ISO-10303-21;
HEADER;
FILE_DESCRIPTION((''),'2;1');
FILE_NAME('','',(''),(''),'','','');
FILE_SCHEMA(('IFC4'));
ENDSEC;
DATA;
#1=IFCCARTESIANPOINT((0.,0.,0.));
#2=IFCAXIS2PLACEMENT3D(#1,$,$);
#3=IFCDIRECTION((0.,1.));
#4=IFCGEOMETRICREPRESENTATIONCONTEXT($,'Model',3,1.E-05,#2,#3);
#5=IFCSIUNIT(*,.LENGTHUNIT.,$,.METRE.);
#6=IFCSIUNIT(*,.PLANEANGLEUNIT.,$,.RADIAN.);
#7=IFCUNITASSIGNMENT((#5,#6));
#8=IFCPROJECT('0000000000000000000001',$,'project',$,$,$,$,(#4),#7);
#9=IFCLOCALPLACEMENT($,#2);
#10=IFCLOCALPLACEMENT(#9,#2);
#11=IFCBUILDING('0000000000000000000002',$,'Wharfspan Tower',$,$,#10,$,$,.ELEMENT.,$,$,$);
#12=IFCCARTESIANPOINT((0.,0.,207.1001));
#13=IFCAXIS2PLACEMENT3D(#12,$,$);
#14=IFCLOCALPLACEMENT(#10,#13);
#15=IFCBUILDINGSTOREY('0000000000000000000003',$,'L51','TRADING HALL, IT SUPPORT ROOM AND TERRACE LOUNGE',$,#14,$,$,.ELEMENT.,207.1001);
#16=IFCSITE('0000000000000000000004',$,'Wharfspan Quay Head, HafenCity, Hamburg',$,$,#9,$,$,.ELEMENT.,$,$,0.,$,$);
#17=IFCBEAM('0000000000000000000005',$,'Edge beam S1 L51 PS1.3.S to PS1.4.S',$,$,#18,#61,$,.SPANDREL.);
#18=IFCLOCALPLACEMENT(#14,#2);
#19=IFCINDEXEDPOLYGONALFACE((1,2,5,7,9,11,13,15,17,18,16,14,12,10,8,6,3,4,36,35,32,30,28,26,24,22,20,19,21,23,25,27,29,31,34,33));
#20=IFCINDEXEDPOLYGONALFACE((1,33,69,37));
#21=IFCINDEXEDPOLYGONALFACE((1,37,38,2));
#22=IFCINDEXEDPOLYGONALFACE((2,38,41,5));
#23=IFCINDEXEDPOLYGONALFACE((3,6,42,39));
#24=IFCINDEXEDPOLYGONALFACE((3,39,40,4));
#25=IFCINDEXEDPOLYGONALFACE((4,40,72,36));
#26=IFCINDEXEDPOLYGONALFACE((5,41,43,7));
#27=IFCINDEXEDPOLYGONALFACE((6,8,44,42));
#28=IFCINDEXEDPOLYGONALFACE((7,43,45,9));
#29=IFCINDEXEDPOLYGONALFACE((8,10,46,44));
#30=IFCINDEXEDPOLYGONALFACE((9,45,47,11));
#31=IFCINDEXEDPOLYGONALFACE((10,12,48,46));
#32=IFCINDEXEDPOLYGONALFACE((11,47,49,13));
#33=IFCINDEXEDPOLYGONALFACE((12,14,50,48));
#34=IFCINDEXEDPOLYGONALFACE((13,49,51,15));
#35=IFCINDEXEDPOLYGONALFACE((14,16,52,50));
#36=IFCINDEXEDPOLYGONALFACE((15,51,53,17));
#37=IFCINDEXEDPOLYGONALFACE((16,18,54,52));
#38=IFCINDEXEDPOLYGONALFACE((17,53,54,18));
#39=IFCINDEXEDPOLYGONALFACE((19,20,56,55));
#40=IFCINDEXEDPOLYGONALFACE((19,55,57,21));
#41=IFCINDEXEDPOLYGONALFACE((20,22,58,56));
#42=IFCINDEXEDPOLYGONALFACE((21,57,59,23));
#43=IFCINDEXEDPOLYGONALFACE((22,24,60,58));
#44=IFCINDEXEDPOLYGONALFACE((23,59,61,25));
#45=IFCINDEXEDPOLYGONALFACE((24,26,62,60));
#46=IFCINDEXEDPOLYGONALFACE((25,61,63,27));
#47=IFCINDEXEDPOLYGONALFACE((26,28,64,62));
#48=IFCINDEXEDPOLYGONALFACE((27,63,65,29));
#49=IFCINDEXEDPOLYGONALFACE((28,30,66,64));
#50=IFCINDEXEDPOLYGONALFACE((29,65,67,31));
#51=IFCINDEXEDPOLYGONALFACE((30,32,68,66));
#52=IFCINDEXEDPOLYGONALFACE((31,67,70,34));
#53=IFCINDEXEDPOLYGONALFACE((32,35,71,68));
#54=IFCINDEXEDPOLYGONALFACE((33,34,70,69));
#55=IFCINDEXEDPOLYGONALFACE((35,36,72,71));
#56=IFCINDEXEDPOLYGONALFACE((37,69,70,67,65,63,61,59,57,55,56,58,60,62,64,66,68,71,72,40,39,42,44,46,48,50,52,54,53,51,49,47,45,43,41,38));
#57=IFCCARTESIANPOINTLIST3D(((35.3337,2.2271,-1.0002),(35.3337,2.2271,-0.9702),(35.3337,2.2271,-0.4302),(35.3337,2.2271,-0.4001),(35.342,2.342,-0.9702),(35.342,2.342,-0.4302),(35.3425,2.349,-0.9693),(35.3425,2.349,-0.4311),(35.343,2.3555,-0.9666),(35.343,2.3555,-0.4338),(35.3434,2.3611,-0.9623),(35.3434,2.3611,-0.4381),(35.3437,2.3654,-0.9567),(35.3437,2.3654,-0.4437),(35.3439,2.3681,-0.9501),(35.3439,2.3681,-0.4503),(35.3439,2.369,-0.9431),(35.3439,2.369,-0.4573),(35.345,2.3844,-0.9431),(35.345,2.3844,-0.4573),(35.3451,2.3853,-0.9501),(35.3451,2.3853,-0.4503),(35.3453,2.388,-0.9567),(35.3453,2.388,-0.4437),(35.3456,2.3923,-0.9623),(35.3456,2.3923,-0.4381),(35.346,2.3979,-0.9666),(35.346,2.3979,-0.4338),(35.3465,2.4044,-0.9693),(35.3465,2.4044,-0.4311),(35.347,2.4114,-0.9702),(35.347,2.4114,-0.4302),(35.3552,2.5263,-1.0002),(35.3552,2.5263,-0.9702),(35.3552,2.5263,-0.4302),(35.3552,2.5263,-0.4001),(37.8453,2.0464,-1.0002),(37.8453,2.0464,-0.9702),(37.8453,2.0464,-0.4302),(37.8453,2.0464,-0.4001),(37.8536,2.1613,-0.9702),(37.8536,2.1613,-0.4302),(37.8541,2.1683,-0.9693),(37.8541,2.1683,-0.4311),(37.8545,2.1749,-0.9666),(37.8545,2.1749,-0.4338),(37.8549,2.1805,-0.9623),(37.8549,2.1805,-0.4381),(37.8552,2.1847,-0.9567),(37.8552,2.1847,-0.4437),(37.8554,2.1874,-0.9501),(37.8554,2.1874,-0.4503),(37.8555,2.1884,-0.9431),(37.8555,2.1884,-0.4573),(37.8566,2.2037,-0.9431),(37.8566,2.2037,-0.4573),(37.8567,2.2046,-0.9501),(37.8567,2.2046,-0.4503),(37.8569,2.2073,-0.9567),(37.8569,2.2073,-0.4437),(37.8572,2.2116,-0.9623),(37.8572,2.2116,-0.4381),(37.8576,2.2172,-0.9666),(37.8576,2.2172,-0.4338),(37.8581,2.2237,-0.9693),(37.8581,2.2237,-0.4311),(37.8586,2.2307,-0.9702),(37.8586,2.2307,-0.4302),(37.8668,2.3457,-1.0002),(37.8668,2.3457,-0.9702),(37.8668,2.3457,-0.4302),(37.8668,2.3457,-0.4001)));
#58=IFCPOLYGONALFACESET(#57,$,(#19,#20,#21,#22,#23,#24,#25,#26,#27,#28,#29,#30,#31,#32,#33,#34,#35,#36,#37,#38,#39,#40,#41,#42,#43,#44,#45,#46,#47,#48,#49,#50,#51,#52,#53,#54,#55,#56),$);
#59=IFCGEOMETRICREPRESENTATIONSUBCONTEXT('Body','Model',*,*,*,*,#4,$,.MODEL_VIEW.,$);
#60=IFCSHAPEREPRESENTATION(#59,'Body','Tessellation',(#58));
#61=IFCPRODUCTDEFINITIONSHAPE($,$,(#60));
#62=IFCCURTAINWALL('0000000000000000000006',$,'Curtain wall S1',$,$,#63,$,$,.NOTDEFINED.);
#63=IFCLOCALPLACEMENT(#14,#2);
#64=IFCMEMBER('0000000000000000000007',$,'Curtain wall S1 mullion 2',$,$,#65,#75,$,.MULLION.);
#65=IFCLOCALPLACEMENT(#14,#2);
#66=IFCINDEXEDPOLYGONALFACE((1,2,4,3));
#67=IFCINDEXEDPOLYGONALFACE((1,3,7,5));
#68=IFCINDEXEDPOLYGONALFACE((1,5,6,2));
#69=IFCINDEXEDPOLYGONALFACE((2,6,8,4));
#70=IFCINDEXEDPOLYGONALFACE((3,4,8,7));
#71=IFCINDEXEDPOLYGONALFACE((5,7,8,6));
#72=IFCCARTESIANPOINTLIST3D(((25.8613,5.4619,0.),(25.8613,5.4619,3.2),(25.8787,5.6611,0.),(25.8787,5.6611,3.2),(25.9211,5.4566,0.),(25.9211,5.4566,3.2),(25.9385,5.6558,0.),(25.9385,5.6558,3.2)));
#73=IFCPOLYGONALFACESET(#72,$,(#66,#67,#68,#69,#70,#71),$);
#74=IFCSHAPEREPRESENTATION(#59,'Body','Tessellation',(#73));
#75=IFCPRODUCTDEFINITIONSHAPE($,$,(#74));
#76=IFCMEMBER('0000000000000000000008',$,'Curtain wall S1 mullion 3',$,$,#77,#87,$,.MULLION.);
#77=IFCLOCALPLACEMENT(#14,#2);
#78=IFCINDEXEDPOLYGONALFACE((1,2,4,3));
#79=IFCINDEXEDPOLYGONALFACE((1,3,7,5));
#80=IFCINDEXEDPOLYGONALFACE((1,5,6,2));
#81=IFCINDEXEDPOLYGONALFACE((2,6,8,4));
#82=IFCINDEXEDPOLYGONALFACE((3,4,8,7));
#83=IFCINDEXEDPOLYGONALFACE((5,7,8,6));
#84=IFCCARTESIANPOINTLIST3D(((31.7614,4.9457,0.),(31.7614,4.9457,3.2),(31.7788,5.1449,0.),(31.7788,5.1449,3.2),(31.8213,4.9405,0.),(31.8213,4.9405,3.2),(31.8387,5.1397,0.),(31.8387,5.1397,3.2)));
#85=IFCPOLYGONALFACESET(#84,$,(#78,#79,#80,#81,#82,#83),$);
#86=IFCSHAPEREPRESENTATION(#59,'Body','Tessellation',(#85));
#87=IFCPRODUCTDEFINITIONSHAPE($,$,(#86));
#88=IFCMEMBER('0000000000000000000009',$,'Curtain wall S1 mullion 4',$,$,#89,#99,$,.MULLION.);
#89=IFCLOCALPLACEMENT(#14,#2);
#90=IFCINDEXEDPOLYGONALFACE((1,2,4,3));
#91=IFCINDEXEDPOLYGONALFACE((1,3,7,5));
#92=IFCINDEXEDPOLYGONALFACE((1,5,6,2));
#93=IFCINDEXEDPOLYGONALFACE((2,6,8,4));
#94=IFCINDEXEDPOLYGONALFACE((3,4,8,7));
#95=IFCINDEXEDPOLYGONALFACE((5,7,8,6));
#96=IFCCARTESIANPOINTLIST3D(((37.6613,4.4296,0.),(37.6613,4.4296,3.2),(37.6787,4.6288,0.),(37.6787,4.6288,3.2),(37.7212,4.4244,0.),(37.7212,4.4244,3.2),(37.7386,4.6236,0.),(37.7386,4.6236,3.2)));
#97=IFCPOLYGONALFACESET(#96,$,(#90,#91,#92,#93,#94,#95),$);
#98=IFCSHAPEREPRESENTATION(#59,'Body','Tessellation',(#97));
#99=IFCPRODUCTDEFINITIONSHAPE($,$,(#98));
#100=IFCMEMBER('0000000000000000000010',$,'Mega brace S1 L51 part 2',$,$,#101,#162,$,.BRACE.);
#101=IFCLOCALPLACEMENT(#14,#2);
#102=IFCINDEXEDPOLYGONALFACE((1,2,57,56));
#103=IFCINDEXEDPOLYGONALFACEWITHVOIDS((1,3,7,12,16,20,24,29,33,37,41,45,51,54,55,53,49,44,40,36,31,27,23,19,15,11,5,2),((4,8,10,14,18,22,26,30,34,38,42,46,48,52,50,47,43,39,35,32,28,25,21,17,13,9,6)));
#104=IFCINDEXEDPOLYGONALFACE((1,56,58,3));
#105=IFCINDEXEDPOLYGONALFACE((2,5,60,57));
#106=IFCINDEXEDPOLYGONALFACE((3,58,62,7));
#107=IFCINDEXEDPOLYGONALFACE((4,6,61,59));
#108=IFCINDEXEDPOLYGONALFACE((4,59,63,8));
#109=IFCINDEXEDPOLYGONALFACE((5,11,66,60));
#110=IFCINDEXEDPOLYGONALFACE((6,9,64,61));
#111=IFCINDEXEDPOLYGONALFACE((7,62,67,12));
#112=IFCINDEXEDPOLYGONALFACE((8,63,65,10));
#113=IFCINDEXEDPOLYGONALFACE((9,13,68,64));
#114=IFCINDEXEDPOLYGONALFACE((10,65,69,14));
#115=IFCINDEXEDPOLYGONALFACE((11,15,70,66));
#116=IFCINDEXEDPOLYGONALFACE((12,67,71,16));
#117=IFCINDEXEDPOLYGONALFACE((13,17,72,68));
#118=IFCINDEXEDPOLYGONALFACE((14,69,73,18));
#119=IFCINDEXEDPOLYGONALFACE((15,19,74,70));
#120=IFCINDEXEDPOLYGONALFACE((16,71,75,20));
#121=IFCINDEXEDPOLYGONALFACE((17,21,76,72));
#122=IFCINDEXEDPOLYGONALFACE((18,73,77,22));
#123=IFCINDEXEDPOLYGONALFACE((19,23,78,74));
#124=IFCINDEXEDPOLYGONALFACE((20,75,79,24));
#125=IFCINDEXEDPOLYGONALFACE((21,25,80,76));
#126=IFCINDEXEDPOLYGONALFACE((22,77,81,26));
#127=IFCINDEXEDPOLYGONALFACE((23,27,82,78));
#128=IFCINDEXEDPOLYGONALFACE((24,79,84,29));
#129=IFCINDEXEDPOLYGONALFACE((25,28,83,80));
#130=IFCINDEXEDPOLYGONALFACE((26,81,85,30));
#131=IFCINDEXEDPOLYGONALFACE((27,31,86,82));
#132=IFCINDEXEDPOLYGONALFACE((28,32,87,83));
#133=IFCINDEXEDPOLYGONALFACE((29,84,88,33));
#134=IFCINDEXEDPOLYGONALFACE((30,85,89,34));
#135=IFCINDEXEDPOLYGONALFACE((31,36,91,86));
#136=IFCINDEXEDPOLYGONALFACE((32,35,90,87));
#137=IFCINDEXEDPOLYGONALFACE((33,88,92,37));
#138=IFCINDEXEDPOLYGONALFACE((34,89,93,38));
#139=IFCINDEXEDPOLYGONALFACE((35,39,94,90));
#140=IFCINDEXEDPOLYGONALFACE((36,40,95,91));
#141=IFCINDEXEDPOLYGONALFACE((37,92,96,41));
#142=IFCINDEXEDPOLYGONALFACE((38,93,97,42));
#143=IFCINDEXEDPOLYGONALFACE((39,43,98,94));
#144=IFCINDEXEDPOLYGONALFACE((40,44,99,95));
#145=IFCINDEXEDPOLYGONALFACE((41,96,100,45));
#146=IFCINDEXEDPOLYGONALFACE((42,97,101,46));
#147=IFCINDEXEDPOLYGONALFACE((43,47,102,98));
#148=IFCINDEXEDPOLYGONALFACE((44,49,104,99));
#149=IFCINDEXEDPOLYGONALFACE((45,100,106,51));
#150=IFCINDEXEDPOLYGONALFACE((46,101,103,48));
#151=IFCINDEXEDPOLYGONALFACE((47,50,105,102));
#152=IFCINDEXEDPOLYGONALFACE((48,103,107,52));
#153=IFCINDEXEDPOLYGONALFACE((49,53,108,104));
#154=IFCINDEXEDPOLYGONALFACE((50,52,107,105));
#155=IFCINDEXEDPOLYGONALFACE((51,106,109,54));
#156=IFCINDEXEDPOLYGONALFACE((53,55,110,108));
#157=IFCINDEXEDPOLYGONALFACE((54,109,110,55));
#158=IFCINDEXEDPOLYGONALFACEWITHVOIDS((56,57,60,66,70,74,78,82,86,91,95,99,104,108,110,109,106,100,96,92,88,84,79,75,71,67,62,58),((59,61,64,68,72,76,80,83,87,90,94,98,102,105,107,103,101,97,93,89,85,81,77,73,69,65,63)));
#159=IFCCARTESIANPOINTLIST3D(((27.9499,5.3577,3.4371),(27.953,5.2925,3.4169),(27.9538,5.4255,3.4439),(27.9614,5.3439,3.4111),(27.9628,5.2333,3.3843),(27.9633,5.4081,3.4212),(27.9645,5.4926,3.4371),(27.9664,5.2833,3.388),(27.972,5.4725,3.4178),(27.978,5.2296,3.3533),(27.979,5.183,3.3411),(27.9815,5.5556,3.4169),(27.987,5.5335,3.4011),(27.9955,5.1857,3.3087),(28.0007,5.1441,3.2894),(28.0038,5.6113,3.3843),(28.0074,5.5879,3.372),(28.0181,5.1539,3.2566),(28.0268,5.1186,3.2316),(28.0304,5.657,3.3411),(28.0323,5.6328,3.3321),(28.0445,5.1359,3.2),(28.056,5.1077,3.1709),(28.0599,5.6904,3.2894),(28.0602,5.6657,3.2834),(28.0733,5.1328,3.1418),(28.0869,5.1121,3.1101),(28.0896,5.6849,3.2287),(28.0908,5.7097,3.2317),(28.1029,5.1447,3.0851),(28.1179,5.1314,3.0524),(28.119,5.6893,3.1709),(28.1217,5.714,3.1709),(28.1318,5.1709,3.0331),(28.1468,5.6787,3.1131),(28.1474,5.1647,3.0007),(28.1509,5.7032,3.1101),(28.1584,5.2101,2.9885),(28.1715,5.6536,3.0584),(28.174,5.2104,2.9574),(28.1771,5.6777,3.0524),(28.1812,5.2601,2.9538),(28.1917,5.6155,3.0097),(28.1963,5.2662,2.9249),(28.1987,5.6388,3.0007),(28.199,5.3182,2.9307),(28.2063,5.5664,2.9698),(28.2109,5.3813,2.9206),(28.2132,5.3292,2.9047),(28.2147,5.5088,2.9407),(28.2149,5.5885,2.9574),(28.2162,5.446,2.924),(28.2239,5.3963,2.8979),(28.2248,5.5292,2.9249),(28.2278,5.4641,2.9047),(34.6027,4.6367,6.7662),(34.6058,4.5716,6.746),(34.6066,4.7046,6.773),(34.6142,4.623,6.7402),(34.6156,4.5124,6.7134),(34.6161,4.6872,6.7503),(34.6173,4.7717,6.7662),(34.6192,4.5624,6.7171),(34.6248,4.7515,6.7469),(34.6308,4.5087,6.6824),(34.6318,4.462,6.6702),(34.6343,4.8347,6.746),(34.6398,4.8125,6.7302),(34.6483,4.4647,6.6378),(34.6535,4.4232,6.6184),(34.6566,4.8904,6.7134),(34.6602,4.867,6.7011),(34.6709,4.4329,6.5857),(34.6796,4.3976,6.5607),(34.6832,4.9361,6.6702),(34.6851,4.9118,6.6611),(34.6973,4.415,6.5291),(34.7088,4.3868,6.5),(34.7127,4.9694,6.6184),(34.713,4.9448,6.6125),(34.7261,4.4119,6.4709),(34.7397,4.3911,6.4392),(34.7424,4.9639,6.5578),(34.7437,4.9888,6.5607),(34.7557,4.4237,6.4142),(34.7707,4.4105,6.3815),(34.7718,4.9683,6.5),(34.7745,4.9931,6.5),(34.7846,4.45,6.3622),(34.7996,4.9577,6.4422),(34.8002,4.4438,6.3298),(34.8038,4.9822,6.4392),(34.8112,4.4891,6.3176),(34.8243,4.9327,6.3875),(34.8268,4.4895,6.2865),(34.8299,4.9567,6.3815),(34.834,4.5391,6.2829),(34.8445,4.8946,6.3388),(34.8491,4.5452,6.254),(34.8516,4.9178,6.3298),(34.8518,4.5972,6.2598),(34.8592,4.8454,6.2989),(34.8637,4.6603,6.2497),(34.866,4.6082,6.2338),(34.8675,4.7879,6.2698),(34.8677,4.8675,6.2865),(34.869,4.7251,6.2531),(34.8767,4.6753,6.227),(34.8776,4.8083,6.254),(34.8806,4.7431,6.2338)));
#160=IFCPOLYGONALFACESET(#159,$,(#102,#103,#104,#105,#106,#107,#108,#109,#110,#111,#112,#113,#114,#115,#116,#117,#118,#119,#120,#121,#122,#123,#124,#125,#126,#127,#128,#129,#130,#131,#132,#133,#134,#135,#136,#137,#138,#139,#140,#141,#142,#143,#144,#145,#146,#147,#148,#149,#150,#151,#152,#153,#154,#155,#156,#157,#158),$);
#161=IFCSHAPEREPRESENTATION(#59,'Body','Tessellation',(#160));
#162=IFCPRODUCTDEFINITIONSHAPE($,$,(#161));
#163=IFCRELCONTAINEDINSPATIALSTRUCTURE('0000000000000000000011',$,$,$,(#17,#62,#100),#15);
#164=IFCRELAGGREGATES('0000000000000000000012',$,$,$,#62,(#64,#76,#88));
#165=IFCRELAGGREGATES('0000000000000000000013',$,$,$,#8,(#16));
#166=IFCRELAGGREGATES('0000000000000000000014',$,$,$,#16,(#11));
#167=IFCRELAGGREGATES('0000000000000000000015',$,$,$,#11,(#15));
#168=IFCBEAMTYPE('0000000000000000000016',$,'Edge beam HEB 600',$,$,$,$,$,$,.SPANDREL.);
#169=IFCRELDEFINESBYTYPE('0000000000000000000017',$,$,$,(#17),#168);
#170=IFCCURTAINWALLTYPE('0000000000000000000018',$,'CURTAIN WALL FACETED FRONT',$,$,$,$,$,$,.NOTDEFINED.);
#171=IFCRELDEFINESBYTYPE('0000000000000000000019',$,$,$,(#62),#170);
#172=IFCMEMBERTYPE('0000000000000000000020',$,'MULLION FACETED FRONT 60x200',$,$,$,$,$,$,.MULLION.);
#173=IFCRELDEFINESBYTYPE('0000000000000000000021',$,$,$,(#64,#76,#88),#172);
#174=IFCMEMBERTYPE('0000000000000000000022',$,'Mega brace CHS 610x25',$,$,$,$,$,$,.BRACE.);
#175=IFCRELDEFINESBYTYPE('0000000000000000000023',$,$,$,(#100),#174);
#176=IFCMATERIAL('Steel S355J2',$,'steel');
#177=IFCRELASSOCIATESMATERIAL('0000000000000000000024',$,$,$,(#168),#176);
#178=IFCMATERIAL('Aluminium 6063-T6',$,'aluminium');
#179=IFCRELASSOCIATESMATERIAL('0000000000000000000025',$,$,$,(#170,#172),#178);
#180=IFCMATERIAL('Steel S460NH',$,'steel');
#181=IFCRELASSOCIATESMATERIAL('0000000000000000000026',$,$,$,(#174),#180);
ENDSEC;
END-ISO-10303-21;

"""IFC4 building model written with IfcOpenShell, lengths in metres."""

from ifc_helpers import new_model, si_unit, direction, frame, origin, origin_2d, place, context, subcontext, project, spatial, rectangle, hollow_circle, i_section, extrude, material, material_profile, profile_set, type_object, element, aggregate, save


model = new_model("IFC4")

# Units and contexts
model_context = context("Model", 3, precision=1e-05, world=origin(), true_north=direction((0.0, 1.0)))
body_context = subcontext(model_context, "Body", "Model", "MODEL_VIEW")
ifc_project = project(units=[si_unit("LENGTHUNIT", "METRE"), si_unit("PLANEANGLEUNIT", "RADIAN")], contexts=[model_context])

# Site, building, storey
site_placement = place(None, origin())
site = spatial("IfcSite", under=ifc_project, at=site_placement, Name="Wharfspan Quay Head, HafenCity, Hamburg", CompositionType="ELEMENT", RefElevation=0.0)
building_placement = place(site_placement, origin())
building = spatial("IfcBuilding", under=site, at=building_placement, Name="Wharfspan Tower", CompositionType="ELEMENT")
storey_placement = place(building_placement, frame((0.0, 0.0, 207.1001)))
storey = spatial("IfcBuildingStorey", under=building, at=storey_placement, Name="L51", Description="TRADING HALL, IT SUPPORT ROOM AND TERRACE LOUNGE", CompositionType="ELEMENT", Elevation=207.1001)

# Shared definitions
ifc_material_1 = material(Name="Steel S355J2", Category="steel")

# Shared definitions
ifc_material_2 = material(Name="Steel S460NH", Category="steel")

# Beam
ifc_material_profile_1 = material_profile(ifc_material_1, i_section(OverallWidth=0.3, OverallDepth=0.6001, WebThickness=0.0154, FlangeThickness=0.03, FilletRadius=0.0271, at=origin_2d()))
ifc_profile_set_1 = profile_set([ifc_material_profile_1], Name="Steel S355J2")
beam_type = type_object("IfcBeamType", Name="Edge beam HEB 600", PredefinedType="SPANDREL", material=ifc_profile_set_1)
beam_placement = place(storey_placement, frame((35.3445, 2.3767, -0.7002), z_axis=(0.997423, -0.07175, 0.0), x_axis=(0.07175, 0.997423, 0.0)))
element("IfcBeam", 1, at=beam_placement, inside=storey, type_object=beam_type, Name="Edge beam S1 L51 PS1.3.S to PS1.4.S", PredefinedType="SPANDREL", context=body_context, shape_type="SweptSolid", body=[
    extrude(i_section(OverallWidth=0.3, OverallDepth=0.6001, WebThickness=0.0154, FlangeThickness=0.03, FilletRadius=0.0271, at=origin_2d()), origin(), (0.0, 0.0, 1.0), 2.5181),
])

# Curtain wall, members
ifc_material_3 = material(Name="Aluminium 6063-T6", Category="aluminium")
curtain_wall_type = type_object("IfcCurtainWallType", Name="CURTAIN WALL FACETED FRONT", PredefinedType="NOTDEFINED", material=ifc_material_3)
curtain_wall_placement = place(storey_placement, origin())
curtain_wall = element("IfcCurtainWall", 2, at=curtain_wall_placement, inside=storey, type_object=curtain_wall_type, Name="Curtain wall S1", PredefinedType="NOTDEFINED")
ifc_material_profile_2 = material_profile(ifc_material_3, rectangle(XDim=0.2, YDim=0.0601, at=origin_2d()))
ifc_profile_set_2 = profile_set([ifc_material_profile_2], Name="Aluminium 6063-T6")
member_type_1 = type_object("IfcMemberType", Name="MULLION FACETED FRONT 60x200", PredefinedType="MULLION", material=ifc_profile_set_2)
member_1_placement = place(storey_placement, frame((25.8999, 5.5588, 0.0), z_axis=(0.0, 0.0, 1.0), x_axis=(0.087156, 0.996197, 0.0)))
member_1 = element("IfcMember", 3, at=member_1_placement, type_object=member_type_1, Name="Curtain wall S1 mullion 2", PredefinedType="MULLION", context=body_context, shape_type="SweptSolid", body=[
    extrude(rectangle(XDim=0.2, YDim=0.0601, at=origin_2d()), origin(), (0.0, 0.0, 1.0), 3.2),
])
member_2_placement = place(storey_placement, frame((31.8, 5.0427, 0.0), z_axis=(0.0, 0.0, 1.0), x_axis=(0.087156, 0.996197, 0.0)))
member_2 = element("IfcMember", 4, at=member_2_placement, type_object=member_type_1, Name="Curtain wall S1 mullion 3", PredefinedType="MULLION", context=body_context, shape_type="SweptSolid", body=[
    extrude(rectangle(XDim=0.2, YDim=0.0601, at=origin_2d()), origin(), (0.0, 0.0, 1.0), 3.2),
])
member_3_placement = place(storey_placement, frame((37.7, 4.5266, 0.0), z_axis=(0.0, 0.0, 1.0), x_axis=(0.087156, 0.996197, 0.0)))
member_3 = element("IfcMember", 5, at=member_3_placement, type_object=member_type_1, Name="Curtain wall S1 mullion 4", PredefinedType="MULLION", context=body_context, shape_type="SweptSolid", body=[
    extrude(rectangle(XDim=0.2, YDim=0.0601, at=origin_2d()), origin(), (0.0, 0.0, 1.0), 3.2),
])

# Member
ifc_material_profile_3 = material_profile(ifc_material_2, hollow_circle(Radius=0.3049, WallThickness=0.0249, at=origin_2d()))
ifc_profile_set_3 = profile_set([ifc_material_profile_3], Name="Steel S460NH")
member_type_2 = type_object("IfcMemberType", Name="Mega brace CHS 610x25", PredefinedType="BRACE", material=ifc_profile_set_3)
for number, where, z_axis, x_axis, name in (
    (6, (28.0889, 5.4109, 3.1709), (0.890113, -0.096459, 0.445416), (0.107734, 0.994176, 0.000004), "Mega brace S1 L51 part 2"),
):
    element("IfcMember", number, at=place(storey_placement, frame(where, z_axis=z_axis, x_axis=x_axis)), inside=storey, type_object=member_type_2, Name=name, PredefinedType="BRACE", context=body_context, shape_type="SweptSolid", body=[
        extrude(hollow_circle(Radius=0.3049, WallThickness=0.0249, at=origin_2d()), origin(), (0.0, 0.0, 1.0), 7.4741),
    ])

aggregate(curtain_wall, [member_1, member_2, member_3])

save(model, "model.ifc")
